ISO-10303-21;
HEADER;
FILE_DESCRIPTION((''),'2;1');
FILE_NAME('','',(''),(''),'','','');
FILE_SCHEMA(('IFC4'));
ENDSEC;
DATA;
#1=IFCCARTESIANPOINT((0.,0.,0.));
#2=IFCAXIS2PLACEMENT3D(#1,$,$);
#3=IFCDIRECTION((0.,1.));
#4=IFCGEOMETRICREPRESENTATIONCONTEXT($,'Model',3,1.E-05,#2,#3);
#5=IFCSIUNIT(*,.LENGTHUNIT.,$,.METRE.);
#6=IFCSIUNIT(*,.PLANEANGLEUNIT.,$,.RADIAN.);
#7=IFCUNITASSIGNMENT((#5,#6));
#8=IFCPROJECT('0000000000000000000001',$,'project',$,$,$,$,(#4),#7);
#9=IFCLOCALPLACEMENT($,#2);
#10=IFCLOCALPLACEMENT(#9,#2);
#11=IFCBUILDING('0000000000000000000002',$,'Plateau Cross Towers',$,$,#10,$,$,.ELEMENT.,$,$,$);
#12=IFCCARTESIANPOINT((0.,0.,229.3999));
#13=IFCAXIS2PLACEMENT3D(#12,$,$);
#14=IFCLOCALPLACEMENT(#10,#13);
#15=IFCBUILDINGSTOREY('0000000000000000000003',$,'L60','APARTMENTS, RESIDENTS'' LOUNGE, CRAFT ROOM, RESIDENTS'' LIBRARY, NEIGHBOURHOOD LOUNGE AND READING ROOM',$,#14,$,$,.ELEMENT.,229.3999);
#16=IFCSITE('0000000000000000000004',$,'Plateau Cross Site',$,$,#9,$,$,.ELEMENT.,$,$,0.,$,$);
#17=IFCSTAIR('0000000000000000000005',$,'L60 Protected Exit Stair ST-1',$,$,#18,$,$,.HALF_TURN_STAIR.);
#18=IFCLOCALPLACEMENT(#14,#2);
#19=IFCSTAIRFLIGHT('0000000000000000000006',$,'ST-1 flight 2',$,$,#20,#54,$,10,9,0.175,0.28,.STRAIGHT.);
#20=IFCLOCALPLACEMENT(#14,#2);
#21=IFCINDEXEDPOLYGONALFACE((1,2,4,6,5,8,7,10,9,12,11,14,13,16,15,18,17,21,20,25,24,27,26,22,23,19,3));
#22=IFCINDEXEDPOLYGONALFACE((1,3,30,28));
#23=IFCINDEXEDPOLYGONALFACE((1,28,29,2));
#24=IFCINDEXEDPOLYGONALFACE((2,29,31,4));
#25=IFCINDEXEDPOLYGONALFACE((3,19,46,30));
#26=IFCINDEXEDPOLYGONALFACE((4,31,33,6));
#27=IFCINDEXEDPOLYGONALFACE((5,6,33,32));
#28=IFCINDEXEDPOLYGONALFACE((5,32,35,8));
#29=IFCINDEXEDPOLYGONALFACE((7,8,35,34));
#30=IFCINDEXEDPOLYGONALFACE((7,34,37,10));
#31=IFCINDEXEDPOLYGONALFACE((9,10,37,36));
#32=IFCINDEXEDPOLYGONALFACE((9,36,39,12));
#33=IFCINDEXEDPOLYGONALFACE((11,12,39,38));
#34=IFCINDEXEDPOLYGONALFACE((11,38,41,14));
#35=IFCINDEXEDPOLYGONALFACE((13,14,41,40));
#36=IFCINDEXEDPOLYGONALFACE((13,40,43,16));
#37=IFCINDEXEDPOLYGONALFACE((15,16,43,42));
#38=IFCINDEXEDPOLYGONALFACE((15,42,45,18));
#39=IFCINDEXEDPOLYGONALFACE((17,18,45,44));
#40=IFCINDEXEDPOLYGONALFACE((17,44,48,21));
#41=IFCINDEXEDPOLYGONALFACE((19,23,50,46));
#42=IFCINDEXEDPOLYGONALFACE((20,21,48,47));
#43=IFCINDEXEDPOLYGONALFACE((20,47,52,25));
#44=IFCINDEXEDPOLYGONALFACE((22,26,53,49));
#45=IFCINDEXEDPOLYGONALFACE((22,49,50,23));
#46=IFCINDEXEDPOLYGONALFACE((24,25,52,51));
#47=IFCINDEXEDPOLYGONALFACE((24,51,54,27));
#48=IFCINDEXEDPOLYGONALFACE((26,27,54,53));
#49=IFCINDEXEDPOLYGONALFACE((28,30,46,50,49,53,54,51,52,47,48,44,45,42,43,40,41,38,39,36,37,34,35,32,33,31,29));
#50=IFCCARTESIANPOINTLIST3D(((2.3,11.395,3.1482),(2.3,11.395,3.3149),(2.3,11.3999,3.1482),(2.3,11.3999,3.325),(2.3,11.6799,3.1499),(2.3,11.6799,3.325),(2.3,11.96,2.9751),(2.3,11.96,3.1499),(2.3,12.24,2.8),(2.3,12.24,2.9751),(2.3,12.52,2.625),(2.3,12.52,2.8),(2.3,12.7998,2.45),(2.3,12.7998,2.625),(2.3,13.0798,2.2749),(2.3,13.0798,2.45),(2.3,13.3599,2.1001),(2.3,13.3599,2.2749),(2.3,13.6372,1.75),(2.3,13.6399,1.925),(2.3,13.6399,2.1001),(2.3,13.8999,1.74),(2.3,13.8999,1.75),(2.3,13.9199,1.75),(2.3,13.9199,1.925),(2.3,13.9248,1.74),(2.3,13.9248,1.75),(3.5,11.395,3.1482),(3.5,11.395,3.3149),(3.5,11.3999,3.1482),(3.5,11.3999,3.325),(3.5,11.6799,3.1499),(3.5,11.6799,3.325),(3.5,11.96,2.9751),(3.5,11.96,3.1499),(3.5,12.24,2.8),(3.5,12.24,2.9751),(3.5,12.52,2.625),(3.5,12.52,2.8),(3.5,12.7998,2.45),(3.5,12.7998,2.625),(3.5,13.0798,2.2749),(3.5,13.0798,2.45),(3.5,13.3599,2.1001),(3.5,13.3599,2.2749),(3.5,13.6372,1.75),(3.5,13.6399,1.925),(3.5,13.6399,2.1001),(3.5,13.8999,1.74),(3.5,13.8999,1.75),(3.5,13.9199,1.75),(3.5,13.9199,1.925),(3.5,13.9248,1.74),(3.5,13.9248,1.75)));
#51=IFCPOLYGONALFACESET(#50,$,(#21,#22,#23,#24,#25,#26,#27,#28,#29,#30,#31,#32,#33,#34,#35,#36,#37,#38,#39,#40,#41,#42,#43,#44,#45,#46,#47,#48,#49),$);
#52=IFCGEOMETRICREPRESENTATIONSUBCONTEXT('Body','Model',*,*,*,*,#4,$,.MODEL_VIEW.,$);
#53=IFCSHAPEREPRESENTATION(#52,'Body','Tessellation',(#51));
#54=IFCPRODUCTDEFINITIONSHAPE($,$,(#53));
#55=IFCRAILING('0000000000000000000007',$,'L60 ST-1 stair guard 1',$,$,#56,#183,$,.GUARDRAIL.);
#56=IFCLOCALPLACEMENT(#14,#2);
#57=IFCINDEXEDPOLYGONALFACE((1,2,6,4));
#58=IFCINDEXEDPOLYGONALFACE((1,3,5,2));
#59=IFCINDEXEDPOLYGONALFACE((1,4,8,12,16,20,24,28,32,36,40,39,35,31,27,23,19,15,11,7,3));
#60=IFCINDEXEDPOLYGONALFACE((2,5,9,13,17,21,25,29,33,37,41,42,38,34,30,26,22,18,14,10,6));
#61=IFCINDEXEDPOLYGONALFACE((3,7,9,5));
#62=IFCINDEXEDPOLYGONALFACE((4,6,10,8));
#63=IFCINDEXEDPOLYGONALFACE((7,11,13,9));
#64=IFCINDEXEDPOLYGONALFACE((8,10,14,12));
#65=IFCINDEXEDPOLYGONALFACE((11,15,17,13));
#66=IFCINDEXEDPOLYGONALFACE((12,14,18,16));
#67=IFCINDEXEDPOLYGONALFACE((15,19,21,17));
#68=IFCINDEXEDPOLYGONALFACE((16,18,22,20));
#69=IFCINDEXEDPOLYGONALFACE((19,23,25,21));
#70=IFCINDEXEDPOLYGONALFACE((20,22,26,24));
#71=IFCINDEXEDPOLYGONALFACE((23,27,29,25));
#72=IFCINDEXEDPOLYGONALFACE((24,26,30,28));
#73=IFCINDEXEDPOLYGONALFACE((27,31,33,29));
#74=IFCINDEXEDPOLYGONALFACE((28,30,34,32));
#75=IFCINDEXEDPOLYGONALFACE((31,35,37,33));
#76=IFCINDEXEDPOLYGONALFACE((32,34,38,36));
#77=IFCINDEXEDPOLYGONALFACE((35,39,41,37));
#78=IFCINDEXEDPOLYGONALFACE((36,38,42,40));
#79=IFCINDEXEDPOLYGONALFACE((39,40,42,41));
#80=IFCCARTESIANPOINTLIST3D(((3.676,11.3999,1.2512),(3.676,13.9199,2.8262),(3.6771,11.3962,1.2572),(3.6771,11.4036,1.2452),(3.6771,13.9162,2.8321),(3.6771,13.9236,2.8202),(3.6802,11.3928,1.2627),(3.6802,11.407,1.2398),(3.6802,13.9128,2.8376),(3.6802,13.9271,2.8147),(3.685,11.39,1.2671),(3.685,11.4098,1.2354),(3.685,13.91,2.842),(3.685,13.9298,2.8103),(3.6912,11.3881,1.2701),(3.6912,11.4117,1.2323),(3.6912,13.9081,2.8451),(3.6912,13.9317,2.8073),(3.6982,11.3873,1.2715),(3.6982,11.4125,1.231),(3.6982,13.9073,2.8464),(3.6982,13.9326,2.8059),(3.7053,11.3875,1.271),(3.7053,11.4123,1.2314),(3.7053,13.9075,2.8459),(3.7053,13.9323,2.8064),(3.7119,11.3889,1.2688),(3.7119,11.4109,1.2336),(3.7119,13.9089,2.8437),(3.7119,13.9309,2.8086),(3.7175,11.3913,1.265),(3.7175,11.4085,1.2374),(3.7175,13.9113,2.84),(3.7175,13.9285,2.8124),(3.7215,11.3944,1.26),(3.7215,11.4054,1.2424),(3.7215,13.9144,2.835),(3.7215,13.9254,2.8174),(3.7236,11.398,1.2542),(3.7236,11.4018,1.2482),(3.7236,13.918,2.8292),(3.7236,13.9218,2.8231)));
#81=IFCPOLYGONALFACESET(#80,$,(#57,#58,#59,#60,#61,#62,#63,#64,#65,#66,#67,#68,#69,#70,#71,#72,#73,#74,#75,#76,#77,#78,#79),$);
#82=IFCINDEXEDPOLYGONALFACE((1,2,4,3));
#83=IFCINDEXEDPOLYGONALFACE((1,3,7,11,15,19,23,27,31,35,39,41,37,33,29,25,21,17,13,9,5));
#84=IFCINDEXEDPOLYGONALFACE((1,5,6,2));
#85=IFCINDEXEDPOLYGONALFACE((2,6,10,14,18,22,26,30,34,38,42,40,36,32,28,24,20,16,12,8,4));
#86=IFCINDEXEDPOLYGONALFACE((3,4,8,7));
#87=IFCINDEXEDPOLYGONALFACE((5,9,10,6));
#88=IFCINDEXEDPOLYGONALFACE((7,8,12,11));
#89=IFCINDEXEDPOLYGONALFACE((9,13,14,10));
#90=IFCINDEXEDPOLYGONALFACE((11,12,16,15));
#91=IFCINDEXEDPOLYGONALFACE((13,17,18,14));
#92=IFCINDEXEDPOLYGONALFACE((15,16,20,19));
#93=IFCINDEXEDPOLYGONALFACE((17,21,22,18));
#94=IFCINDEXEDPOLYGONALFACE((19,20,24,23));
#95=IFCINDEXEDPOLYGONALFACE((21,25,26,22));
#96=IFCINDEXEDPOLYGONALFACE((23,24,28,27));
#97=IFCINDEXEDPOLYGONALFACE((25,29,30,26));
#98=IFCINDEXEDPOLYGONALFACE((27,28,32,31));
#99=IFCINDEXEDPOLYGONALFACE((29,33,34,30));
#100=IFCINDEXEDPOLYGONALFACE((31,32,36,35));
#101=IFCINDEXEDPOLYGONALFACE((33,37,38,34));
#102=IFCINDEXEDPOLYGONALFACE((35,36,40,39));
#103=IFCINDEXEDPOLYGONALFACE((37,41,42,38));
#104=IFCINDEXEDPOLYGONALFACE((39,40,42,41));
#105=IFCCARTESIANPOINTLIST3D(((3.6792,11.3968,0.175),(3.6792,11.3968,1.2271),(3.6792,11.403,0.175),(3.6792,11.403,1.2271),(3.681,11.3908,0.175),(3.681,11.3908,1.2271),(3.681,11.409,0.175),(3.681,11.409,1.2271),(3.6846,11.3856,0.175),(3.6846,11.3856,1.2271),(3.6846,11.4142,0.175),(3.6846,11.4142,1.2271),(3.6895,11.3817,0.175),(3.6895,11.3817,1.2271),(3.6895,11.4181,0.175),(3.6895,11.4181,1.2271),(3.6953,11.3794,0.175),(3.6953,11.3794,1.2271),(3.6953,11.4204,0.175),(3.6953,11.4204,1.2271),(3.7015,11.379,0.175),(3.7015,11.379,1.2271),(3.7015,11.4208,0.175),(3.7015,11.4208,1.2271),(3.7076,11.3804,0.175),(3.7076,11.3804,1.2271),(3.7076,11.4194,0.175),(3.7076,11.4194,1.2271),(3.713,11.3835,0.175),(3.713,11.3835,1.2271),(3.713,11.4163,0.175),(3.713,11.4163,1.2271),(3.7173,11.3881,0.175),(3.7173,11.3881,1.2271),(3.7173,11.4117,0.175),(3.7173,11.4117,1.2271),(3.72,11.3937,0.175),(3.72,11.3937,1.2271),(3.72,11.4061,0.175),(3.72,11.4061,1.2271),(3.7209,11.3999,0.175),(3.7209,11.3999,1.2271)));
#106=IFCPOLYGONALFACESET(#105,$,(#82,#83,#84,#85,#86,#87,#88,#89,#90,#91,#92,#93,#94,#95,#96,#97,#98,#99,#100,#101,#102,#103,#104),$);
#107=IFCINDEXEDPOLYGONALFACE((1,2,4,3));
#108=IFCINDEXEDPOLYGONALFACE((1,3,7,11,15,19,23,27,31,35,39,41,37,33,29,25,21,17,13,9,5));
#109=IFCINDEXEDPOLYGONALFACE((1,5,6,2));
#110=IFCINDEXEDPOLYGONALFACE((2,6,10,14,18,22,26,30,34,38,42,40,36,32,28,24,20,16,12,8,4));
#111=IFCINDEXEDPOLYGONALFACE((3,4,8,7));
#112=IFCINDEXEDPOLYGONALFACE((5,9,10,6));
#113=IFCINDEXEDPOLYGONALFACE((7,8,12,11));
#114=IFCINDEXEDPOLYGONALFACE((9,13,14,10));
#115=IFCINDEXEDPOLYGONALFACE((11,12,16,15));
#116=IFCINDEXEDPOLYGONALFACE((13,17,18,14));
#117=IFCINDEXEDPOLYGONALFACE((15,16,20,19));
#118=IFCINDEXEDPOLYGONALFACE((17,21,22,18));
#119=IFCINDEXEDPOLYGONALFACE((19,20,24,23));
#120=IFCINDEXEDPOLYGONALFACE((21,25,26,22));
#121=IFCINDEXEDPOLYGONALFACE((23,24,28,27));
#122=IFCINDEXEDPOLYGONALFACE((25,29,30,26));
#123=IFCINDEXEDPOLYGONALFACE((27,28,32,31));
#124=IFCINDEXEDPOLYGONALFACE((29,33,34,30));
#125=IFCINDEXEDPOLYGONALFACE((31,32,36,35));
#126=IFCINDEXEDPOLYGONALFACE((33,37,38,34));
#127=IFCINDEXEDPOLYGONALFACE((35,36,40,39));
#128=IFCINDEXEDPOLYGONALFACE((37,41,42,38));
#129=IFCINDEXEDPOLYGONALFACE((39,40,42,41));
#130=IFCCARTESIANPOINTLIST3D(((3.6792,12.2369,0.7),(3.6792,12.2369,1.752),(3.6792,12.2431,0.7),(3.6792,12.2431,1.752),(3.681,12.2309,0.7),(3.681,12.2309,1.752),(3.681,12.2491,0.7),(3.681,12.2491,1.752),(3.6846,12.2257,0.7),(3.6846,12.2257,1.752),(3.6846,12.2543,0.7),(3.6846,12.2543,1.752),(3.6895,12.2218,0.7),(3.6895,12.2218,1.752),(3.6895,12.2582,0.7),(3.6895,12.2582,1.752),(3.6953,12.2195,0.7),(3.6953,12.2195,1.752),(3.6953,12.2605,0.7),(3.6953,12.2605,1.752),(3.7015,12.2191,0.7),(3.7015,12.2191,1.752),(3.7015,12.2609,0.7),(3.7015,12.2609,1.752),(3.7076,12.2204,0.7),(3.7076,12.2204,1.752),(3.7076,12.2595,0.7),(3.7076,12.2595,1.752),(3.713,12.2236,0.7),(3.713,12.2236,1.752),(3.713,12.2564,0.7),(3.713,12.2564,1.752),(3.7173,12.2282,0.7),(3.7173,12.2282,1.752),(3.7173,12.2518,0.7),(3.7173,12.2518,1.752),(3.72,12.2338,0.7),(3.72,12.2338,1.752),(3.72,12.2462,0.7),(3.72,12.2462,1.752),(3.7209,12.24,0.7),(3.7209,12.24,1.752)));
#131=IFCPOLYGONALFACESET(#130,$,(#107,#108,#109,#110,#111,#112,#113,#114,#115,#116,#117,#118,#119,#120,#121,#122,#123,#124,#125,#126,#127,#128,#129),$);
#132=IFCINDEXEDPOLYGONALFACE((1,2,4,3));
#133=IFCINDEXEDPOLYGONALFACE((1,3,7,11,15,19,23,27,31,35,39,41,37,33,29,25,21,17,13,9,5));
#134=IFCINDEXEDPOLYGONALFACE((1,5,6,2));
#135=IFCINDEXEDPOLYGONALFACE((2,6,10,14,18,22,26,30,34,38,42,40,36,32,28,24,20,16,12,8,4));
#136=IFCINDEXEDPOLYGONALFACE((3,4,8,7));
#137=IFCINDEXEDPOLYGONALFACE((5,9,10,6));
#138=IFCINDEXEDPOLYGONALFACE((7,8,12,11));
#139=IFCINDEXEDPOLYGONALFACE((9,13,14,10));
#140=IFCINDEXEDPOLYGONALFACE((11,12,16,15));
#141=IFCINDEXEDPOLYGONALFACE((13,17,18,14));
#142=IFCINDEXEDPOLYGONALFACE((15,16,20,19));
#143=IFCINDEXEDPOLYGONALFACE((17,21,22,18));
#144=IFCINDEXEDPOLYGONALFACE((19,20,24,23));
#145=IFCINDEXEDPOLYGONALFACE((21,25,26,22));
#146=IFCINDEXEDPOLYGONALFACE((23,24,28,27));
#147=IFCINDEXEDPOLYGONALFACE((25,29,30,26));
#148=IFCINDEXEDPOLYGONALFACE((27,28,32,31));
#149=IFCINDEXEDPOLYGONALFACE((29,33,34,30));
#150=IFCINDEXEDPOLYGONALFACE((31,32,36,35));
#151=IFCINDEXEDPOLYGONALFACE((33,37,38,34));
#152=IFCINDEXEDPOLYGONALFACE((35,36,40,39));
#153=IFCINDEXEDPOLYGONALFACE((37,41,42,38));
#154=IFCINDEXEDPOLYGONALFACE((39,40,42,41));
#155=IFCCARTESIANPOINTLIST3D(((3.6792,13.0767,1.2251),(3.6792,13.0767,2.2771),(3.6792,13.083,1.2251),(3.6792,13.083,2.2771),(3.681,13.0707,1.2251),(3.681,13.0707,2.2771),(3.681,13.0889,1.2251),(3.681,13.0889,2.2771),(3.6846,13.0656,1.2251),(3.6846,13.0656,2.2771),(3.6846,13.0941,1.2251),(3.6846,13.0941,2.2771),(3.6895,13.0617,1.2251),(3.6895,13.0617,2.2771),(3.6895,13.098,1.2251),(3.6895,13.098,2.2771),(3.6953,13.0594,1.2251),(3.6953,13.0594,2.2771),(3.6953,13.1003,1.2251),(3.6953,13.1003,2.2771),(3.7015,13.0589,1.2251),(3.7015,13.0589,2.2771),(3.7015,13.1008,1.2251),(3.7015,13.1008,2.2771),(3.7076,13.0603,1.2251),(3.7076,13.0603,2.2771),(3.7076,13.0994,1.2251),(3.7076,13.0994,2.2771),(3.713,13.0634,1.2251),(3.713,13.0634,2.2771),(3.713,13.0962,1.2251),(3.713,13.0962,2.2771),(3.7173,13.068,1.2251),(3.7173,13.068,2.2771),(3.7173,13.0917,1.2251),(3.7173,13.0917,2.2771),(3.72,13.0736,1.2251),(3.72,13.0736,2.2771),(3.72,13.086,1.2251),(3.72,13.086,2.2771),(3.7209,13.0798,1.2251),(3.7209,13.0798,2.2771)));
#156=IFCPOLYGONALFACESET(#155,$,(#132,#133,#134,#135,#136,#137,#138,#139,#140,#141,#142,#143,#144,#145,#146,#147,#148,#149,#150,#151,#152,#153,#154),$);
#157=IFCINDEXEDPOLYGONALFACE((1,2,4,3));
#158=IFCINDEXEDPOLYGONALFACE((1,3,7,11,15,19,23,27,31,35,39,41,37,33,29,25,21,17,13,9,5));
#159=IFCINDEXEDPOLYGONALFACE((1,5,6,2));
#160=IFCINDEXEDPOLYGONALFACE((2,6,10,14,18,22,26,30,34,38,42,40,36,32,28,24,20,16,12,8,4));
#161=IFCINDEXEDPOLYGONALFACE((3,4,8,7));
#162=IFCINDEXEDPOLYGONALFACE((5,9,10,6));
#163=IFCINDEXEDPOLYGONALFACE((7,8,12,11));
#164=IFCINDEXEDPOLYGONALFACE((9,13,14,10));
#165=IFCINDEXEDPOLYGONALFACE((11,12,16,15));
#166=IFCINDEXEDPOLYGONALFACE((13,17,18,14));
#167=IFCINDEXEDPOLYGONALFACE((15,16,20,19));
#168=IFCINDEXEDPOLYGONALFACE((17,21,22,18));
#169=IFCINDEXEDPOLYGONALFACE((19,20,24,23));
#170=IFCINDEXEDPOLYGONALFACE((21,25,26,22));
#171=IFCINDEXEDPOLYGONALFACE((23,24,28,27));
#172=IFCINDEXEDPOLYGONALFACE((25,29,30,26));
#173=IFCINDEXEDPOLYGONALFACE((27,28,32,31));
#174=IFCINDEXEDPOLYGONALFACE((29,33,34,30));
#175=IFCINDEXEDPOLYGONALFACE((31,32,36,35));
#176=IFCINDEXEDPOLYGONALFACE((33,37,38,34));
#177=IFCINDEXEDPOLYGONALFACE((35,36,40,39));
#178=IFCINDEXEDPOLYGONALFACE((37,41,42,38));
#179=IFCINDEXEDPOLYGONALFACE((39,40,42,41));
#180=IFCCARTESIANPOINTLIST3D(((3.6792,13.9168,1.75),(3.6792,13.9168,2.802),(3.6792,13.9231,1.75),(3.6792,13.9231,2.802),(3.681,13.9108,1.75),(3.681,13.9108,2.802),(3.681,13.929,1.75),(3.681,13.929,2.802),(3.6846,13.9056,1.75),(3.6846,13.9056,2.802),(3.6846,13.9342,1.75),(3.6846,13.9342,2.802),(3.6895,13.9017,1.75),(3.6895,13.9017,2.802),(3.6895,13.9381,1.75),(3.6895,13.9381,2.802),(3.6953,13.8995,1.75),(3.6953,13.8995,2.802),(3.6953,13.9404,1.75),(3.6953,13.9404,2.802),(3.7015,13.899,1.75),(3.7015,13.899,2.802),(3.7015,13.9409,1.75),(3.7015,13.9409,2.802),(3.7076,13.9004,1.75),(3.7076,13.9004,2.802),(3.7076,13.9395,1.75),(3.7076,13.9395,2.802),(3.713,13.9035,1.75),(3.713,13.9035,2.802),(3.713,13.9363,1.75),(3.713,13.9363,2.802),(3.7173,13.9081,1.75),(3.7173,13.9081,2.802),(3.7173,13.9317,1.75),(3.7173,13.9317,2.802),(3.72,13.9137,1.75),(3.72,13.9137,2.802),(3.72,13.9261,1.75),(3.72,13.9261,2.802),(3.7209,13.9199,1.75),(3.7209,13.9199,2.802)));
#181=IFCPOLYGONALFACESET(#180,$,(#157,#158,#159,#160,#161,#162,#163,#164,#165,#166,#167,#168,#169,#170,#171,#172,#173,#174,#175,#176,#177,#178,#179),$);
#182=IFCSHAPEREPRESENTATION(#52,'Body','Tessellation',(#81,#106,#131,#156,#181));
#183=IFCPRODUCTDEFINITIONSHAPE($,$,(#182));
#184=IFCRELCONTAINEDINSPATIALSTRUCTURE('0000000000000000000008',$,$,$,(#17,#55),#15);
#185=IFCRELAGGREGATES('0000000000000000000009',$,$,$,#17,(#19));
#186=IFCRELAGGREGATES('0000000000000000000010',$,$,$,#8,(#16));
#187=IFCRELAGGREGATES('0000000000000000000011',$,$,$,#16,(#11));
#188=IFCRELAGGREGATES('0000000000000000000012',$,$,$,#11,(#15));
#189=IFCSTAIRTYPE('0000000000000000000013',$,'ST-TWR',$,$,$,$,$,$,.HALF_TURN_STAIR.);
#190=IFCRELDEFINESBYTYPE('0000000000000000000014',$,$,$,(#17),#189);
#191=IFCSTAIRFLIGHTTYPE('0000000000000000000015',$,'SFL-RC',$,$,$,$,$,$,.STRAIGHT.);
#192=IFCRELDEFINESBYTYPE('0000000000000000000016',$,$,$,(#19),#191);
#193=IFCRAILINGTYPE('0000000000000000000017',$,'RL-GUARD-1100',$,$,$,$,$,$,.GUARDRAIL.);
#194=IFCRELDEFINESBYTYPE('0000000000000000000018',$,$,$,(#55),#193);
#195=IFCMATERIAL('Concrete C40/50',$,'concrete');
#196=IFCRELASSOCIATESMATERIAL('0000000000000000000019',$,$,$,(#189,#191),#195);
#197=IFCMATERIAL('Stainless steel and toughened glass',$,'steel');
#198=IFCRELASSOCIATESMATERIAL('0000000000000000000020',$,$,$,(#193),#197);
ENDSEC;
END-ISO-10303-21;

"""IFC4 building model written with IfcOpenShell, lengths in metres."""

from ifc_helpers import new_model, si_unit, direction, frame, origin, origin_2d, place, context, subcontext, project, spatial, polyline, circle, outline, extrude, material, type_object, element, aggregate, save


model = new_model("IFC4")

# Units and contexts
model_context = context("Model", 3, precision=1e-05, world=origin(), true_north=direction((0.0, 1.0)))
body_context = subcontext(model_context, "Body", "Model", "MODEL_VIEW")
ifc_project = project(units=[si_unit("LENGTHUNIT", "METRE"), si_unit("PLANEANGLEUNIT", "RADIAN")], contexts=[model_context])

# Site, building, storey
site_placement = place(None, origin())
site = spatial("IfcSite", under=ifc_project, at=site_placement, Name="Plateau Cross Site", CompositionType="ELEMENT", RefElevation=0.0)
building_placement = place(site_placement, origin())
building = spatial("IfcBuilding", under=site, at=building_placement, Name="Plateau Cross Towers", CompositionType="ELEMENT")
storey_placement = place(building_placement, frame((0.0, 0.0, 229.3999)))
storey = spatial("IfcBuildingStorey", under=building, at=storey_placement, Name="L60", Description="APARTMENTS, RESIDENTS' LOUNGE, CRAFT ROOM, RESIDENTS' LIBRARY, NEIGHBOURHOOD LOUNGE AND READING ROOM", CompositionType="ELEMENT", Elevation=229.3999)

# Stair, stair flight
ifc_material_1 = material(Name="Concrete C40/50", Category="concrete")
stair_type = type_object("IfcStairType", Name="ST-TWR", PredefinedType="HALF_TURN_STAIR", material=ifc_material_1)
stair_placement = place(storey_placement, origin())
stair = element("IfcStair", 1, at=stair_placement, inside=storey, type_object=stair_type, Name="L60 Protected Exit Stair ST-1", PredefinedType="HALF_TURN_STAIR")
stair_flight_type = type_object("IfcStairFlightType", Name="SFL-RC", PredefinedType="STRAIGHT", material=ifc_material_1)
stair_flight_placement = place(storey_placement, frame((2.8999, 13.9199, 1.75), z_axis=(0.0, 0.0, 1.0), x_axis=(0.0, -1.0, 0.0)))
stair_flight = element("IfcStairFlight", 2, at=stair_flight_placement, type_object=stair_flight_type, Name="ST-1 flight 2", NumberOfRisers=10, NumberOfTreads=9, PredefinedType="STRAIGHT", RiserHeight=0.175, TreadLength=0.28, context=body_context, shape_type="SweptSolid", body=[
    extrude(outline(polyline([(-0.0049, -0.01), (-0.0049, 0.0), (0.0, 0.0), (0.0, 0.175), (0.28, 0.175), (0.28, 0.3501), (0.5601, 0.3501), (0.5601, 0.5249), (0.8401, 0.5249), (0.8401, 0.7), (1.1201, 0.7), (1.1201, 0.875), (1.3999, 0.875), (1.3999, 1.05), (1.6799, 1.05), (1.6799, 1.2251), (1.96, 1.2251), (1.96, 1.3999), (2.24, 1.3999), (2.24, 1.575), (2.52, 1.575), (2.5249, 1.5649), (2.5249, 1.3982), (2.52, 1.3982), (0.2827, 0.0), (0.02, 0.0), (0.02, -0.01), (-0.0049, -0.01)])), frame((0.0, 0.6001, 0.0), z_axis=(0.0, -1.0, 0.0), x_axis=(1.0, 0.0, 0.0)), (0.0, 0.0, 1.0), 1.2),
])
aggregate(stair, [stair_flight])

# Railing
ifc_material_2 = material(Name="Stainless steel and toughened glass", Category="steel")
railing_type_1 = type_object("IfcRailingType", Name="RL-GUARD-1100", PredefinedType="GUARDRAIL", material=ifc_material_2)
railing_1_placement = place(storey_placement, frame((3.7, 11.3999, 0.175)))
element("IfcRailing", 3, at=railing_1_placement, inside=storey, type_object=railing_type_1, Name="L60 ST-1 stair guard 1", PredefinedType="GUARDRAIL", context=body_context, shape_type="SweptSolid", body=[
    extrude(circle(Radius=0.0239, at=origin_2d()), frame((0.0, 0.0, 1.0762), z_axis=(0.0, 0.848008, 0.529984), x_axis=(-1.0, 0.0, 0.0)), (0.0, 0.0, 1.0), 2.9717),
    extrude(circle(Radius=0.021, at=origin_2d()), origin(), (0.0, 0.0, 1.0), 1.052),
    extrude(circle(Radius=0.021, at=origin_2d()), frame((0.0, 0.8401, 0.5249)), (0.0, 0.0, 1.0), 1.052),
    extrude(circle(Radius=0.021, at=origin_2d()), frame((0.0, 1.6799, 1.05)), (0.0, 0.0, 1.0), 1.052),
    extrude(circle(Radius=0.021, at=origin_2d()), frame((0.0, 2.52, 1.575)), (0.0, 0.0, 1.0), 1.052),
])

save(model, "model.ifc")
